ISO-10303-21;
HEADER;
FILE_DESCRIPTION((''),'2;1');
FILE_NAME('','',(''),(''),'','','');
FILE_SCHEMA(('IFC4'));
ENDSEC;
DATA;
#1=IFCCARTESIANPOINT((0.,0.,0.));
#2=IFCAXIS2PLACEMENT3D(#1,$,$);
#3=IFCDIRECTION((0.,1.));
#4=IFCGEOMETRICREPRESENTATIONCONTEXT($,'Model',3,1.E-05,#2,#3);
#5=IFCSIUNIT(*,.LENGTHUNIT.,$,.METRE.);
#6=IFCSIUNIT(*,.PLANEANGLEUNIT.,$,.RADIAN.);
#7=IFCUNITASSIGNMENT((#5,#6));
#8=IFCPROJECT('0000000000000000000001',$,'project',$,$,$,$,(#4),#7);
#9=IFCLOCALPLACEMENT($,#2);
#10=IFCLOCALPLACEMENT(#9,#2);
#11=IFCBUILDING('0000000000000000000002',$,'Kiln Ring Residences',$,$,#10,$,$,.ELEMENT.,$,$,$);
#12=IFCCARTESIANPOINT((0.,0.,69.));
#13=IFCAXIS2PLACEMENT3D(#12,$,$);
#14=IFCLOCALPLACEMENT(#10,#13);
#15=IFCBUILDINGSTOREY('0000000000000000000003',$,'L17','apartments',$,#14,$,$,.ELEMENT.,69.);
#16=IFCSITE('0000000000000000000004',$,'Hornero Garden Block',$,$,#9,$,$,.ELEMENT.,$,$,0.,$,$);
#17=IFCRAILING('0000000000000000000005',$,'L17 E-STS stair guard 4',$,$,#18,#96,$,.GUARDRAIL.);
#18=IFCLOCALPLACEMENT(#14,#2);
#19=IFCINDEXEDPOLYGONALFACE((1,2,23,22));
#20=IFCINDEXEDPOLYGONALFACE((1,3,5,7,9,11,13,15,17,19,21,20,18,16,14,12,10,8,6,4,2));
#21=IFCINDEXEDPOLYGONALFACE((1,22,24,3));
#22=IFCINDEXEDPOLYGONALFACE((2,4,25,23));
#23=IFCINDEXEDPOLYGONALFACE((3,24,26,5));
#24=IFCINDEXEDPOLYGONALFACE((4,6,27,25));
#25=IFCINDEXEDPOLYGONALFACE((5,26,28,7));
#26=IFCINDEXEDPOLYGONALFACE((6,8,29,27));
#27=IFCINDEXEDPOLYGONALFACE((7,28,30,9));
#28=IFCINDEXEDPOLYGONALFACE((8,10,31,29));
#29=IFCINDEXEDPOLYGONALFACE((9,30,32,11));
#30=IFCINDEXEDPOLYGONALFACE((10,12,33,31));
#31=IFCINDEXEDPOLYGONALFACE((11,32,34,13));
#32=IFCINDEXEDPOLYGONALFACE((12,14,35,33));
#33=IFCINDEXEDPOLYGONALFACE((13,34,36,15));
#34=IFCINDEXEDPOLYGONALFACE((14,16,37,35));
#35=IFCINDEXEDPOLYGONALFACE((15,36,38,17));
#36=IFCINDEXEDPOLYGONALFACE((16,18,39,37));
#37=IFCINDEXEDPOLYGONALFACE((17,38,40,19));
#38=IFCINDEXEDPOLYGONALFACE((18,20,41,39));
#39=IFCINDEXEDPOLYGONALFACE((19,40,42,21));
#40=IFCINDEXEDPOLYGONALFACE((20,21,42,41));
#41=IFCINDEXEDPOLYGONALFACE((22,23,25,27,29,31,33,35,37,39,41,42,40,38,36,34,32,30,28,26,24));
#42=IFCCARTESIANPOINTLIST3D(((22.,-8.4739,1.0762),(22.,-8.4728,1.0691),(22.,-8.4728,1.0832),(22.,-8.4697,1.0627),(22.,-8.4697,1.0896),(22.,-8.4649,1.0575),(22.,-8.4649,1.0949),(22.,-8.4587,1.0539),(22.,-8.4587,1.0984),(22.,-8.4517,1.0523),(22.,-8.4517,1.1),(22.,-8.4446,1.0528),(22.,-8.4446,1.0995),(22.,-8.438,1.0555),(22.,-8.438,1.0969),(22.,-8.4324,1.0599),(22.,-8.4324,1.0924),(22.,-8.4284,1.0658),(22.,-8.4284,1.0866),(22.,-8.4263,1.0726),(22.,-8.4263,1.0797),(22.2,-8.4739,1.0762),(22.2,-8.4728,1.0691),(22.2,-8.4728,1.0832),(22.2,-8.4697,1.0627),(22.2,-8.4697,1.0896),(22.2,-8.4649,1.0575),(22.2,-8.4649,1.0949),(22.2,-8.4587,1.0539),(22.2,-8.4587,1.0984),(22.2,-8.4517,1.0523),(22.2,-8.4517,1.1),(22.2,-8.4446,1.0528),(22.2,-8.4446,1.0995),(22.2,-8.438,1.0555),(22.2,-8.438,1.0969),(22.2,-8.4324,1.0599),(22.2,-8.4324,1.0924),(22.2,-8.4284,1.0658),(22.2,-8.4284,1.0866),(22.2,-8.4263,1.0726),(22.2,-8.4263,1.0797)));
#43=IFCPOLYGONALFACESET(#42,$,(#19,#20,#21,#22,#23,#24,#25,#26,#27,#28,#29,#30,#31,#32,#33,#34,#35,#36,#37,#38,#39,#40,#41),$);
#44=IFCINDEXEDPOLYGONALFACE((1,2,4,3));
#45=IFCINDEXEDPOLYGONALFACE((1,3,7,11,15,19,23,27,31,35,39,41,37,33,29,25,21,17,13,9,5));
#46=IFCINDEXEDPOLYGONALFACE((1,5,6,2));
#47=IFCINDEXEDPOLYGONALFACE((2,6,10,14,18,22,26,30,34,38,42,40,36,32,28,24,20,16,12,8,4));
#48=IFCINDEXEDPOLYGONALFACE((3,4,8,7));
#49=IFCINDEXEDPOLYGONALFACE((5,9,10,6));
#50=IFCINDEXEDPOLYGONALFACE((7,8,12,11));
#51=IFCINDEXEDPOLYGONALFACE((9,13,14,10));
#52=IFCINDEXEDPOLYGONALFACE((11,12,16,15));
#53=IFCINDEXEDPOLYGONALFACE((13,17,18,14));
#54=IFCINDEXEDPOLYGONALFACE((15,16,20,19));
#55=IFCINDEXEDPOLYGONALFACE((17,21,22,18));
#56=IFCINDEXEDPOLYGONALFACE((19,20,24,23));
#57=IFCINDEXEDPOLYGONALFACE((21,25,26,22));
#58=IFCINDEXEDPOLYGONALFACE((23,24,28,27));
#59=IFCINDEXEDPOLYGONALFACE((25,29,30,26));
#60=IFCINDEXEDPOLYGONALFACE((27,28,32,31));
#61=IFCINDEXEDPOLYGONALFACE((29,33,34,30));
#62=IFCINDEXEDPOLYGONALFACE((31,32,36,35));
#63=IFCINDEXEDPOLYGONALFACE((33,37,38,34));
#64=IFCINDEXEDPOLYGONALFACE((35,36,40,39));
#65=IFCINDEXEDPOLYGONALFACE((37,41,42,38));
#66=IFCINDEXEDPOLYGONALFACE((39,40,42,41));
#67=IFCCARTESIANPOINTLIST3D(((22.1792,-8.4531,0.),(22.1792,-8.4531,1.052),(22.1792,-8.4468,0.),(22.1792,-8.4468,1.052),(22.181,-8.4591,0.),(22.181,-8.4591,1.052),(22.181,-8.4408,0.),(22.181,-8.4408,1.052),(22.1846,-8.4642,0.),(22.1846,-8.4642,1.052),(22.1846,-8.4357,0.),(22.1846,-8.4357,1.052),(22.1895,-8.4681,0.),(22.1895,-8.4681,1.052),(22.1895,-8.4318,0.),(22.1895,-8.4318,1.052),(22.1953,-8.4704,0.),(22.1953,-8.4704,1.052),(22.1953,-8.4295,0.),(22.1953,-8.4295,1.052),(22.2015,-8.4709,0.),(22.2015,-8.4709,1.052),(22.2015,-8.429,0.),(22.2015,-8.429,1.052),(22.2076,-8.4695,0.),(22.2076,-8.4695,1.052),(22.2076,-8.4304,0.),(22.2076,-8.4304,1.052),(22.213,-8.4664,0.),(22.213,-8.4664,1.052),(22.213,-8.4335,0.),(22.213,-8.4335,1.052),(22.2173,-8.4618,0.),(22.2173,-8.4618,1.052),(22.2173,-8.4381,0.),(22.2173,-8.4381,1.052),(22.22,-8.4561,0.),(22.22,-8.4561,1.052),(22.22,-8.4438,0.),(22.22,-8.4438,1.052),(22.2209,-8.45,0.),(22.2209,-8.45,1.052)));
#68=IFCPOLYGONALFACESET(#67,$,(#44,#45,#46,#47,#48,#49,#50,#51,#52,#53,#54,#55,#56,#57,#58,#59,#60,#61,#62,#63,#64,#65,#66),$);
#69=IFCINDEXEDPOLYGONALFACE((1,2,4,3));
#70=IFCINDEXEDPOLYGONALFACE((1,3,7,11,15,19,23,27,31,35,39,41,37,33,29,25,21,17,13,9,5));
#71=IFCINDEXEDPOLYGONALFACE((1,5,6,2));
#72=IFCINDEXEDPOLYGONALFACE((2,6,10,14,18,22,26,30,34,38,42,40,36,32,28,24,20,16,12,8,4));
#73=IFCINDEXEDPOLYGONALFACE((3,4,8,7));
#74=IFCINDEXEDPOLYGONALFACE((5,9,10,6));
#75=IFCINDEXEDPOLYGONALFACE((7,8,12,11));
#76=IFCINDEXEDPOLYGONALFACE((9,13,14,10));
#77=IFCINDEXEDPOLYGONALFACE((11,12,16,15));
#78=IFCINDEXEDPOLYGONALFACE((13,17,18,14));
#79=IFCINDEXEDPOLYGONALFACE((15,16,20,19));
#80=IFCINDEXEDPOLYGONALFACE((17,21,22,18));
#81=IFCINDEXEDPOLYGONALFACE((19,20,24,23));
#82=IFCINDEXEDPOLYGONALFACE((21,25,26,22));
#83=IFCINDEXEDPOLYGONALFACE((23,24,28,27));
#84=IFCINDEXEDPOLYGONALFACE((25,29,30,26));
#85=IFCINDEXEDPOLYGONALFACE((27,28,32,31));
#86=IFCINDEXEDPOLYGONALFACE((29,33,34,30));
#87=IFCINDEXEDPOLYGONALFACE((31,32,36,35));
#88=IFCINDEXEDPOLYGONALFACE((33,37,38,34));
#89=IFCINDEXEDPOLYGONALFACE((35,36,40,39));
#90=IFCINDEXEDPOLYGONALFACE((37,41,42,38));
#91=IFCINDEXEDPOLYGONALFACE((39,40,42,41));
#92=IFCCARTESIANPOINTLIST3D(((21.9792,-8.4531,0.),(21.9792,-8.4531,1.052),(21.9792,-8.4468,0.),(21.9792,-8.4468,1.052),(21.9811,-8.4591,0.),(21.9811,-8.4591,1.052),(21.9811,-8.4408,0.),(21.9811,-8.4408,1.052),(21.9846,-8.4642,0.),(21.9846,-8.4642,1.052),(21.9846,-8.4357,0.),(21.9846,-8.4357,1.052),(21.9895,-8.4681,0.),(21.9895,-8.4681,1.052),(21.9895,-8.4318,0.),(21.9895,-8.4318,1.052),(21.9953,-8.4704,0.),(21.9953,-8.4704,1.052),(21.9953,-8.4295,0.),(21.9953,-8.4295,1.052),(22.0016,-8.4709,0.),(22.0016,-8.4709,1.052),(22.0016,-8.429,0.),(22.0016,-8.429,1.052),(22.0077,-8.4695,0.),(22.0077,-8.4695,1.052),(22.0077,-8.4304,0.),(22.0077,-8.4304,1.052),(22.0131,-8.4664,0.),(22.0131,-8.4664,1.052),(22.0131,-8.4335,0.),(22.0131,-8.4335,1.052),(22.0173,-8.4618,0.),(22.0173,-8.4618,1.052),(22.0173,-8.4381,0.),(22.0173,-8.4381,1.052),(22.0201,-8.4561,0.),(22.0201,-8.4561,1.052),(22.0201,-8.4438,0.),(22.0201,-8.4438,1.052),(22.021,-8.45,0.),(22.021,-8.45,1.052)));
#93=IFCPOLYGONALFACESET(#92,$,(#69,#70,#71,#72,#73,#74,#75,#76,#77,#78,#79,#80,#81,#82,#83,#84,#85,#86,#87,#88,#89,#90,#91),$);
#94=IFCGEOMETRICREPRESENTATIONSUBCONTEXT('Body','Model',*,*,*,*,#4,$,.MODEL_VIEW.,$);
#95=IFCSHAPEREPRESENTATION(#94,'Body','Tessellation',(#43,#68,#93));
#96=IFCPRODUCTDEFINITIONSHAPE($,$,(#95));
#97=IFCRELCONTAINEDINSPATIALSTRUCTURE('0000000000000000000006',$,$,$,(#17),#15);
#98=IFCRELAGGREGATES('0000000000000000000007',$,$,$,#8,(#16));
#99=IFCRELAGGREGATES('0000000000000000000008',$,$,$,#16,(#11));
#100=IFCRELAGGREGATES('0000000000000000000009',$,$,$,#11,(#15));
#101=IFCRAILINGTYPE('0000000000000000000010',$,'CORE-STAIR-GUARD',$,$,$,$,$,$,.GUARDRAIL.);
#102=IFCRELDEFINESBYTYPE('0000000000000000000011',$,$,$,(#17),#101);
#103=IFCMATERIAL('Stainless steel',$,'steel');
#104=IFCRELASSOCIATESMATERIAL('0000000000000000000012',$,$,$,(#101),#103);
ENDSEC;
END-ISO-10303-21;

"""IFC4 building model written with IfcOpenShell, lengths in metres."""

from ifc_helpers import new_model, si_unit, direction, frame, origin, origin_2d, place, context, subcontext, project, spatial, circle, extrude, material, type_object, element, save


model = new_model("IFC4")

# Units and contexts
model_context = context("Model", 3, precision=1e-05, world=origin(), true_north=direction((0.0, 1.0)))
body_context = subcontext(model_context, "Body", "Model", "MODEL_VIEW")
ifc_project = project(units=[si_unit("LENGTHUNIT", "METRE"), si_unit("PLANEANGLEUNIT", "RADIAN")], contexts=[model_context])

# Site, building, storey
site_placement = place(None, origin())
site = spatial("IfcSite", under=ifc_project, at=site_placement, Name="Hornero Garden Block", CompositionType="ELEMENT", RefElevation=0.0)
building_placement = place(site_placement, origin())
building = spatial("IfcBuilding", under=site, at=building_placement, Name="Kiln Ring Residences", CompositionType="ELEMENT")
storey_placement = place(building_placement, frame((0.0, 0.0, 69.0)))
storey = spatial("IfcBuildingStorey", under=building, at=storey_placement, Name="L17", Description="apartments", CompositionType="ELEMENT", Elevation=69.0)

# Railing
ifc_material_1 = material(Name="Stainless steel", Category="steel")
railing_type_1 = type_object("IfcRailingType", Name="CORE-STAIR-GUARD", PredefinedType="GUARDRAIL", material=ifc_material_1)
railing_1_placement = place(storey_placement, frame((22.2, -8.45, 0.0)))
element("IfcRailing", 1, at=railing_1_placement, inside=storey, type_object=railing_type_1, Name="L17 E-STS stair guard 4", PredefinedType="GUARDRAIL", context=body_context, shape_type="SweptSolid", body=[
    extrude(circle(Radius=0.0239, at=origin_2d()), frame((0.0, 0.0, 1.0762), z_axis=(-1.0, 0.0, 0.0), x_axis=(0.0, -1.0, 0.0)), (0.0, 0.0, 1.0), 0.2),
    extrude(circle(Radius=0.021, at=origin_2d()), origin(), (0.0, 0.0, 1.0), 1.052),
    extrude(circle(Radius=0.021, at=origin_2d()), frame((-0.2, 0.0, 0.0)), (0.0, 0.0, 1.0), 1.052),
])

save(model, "model.ifc")
